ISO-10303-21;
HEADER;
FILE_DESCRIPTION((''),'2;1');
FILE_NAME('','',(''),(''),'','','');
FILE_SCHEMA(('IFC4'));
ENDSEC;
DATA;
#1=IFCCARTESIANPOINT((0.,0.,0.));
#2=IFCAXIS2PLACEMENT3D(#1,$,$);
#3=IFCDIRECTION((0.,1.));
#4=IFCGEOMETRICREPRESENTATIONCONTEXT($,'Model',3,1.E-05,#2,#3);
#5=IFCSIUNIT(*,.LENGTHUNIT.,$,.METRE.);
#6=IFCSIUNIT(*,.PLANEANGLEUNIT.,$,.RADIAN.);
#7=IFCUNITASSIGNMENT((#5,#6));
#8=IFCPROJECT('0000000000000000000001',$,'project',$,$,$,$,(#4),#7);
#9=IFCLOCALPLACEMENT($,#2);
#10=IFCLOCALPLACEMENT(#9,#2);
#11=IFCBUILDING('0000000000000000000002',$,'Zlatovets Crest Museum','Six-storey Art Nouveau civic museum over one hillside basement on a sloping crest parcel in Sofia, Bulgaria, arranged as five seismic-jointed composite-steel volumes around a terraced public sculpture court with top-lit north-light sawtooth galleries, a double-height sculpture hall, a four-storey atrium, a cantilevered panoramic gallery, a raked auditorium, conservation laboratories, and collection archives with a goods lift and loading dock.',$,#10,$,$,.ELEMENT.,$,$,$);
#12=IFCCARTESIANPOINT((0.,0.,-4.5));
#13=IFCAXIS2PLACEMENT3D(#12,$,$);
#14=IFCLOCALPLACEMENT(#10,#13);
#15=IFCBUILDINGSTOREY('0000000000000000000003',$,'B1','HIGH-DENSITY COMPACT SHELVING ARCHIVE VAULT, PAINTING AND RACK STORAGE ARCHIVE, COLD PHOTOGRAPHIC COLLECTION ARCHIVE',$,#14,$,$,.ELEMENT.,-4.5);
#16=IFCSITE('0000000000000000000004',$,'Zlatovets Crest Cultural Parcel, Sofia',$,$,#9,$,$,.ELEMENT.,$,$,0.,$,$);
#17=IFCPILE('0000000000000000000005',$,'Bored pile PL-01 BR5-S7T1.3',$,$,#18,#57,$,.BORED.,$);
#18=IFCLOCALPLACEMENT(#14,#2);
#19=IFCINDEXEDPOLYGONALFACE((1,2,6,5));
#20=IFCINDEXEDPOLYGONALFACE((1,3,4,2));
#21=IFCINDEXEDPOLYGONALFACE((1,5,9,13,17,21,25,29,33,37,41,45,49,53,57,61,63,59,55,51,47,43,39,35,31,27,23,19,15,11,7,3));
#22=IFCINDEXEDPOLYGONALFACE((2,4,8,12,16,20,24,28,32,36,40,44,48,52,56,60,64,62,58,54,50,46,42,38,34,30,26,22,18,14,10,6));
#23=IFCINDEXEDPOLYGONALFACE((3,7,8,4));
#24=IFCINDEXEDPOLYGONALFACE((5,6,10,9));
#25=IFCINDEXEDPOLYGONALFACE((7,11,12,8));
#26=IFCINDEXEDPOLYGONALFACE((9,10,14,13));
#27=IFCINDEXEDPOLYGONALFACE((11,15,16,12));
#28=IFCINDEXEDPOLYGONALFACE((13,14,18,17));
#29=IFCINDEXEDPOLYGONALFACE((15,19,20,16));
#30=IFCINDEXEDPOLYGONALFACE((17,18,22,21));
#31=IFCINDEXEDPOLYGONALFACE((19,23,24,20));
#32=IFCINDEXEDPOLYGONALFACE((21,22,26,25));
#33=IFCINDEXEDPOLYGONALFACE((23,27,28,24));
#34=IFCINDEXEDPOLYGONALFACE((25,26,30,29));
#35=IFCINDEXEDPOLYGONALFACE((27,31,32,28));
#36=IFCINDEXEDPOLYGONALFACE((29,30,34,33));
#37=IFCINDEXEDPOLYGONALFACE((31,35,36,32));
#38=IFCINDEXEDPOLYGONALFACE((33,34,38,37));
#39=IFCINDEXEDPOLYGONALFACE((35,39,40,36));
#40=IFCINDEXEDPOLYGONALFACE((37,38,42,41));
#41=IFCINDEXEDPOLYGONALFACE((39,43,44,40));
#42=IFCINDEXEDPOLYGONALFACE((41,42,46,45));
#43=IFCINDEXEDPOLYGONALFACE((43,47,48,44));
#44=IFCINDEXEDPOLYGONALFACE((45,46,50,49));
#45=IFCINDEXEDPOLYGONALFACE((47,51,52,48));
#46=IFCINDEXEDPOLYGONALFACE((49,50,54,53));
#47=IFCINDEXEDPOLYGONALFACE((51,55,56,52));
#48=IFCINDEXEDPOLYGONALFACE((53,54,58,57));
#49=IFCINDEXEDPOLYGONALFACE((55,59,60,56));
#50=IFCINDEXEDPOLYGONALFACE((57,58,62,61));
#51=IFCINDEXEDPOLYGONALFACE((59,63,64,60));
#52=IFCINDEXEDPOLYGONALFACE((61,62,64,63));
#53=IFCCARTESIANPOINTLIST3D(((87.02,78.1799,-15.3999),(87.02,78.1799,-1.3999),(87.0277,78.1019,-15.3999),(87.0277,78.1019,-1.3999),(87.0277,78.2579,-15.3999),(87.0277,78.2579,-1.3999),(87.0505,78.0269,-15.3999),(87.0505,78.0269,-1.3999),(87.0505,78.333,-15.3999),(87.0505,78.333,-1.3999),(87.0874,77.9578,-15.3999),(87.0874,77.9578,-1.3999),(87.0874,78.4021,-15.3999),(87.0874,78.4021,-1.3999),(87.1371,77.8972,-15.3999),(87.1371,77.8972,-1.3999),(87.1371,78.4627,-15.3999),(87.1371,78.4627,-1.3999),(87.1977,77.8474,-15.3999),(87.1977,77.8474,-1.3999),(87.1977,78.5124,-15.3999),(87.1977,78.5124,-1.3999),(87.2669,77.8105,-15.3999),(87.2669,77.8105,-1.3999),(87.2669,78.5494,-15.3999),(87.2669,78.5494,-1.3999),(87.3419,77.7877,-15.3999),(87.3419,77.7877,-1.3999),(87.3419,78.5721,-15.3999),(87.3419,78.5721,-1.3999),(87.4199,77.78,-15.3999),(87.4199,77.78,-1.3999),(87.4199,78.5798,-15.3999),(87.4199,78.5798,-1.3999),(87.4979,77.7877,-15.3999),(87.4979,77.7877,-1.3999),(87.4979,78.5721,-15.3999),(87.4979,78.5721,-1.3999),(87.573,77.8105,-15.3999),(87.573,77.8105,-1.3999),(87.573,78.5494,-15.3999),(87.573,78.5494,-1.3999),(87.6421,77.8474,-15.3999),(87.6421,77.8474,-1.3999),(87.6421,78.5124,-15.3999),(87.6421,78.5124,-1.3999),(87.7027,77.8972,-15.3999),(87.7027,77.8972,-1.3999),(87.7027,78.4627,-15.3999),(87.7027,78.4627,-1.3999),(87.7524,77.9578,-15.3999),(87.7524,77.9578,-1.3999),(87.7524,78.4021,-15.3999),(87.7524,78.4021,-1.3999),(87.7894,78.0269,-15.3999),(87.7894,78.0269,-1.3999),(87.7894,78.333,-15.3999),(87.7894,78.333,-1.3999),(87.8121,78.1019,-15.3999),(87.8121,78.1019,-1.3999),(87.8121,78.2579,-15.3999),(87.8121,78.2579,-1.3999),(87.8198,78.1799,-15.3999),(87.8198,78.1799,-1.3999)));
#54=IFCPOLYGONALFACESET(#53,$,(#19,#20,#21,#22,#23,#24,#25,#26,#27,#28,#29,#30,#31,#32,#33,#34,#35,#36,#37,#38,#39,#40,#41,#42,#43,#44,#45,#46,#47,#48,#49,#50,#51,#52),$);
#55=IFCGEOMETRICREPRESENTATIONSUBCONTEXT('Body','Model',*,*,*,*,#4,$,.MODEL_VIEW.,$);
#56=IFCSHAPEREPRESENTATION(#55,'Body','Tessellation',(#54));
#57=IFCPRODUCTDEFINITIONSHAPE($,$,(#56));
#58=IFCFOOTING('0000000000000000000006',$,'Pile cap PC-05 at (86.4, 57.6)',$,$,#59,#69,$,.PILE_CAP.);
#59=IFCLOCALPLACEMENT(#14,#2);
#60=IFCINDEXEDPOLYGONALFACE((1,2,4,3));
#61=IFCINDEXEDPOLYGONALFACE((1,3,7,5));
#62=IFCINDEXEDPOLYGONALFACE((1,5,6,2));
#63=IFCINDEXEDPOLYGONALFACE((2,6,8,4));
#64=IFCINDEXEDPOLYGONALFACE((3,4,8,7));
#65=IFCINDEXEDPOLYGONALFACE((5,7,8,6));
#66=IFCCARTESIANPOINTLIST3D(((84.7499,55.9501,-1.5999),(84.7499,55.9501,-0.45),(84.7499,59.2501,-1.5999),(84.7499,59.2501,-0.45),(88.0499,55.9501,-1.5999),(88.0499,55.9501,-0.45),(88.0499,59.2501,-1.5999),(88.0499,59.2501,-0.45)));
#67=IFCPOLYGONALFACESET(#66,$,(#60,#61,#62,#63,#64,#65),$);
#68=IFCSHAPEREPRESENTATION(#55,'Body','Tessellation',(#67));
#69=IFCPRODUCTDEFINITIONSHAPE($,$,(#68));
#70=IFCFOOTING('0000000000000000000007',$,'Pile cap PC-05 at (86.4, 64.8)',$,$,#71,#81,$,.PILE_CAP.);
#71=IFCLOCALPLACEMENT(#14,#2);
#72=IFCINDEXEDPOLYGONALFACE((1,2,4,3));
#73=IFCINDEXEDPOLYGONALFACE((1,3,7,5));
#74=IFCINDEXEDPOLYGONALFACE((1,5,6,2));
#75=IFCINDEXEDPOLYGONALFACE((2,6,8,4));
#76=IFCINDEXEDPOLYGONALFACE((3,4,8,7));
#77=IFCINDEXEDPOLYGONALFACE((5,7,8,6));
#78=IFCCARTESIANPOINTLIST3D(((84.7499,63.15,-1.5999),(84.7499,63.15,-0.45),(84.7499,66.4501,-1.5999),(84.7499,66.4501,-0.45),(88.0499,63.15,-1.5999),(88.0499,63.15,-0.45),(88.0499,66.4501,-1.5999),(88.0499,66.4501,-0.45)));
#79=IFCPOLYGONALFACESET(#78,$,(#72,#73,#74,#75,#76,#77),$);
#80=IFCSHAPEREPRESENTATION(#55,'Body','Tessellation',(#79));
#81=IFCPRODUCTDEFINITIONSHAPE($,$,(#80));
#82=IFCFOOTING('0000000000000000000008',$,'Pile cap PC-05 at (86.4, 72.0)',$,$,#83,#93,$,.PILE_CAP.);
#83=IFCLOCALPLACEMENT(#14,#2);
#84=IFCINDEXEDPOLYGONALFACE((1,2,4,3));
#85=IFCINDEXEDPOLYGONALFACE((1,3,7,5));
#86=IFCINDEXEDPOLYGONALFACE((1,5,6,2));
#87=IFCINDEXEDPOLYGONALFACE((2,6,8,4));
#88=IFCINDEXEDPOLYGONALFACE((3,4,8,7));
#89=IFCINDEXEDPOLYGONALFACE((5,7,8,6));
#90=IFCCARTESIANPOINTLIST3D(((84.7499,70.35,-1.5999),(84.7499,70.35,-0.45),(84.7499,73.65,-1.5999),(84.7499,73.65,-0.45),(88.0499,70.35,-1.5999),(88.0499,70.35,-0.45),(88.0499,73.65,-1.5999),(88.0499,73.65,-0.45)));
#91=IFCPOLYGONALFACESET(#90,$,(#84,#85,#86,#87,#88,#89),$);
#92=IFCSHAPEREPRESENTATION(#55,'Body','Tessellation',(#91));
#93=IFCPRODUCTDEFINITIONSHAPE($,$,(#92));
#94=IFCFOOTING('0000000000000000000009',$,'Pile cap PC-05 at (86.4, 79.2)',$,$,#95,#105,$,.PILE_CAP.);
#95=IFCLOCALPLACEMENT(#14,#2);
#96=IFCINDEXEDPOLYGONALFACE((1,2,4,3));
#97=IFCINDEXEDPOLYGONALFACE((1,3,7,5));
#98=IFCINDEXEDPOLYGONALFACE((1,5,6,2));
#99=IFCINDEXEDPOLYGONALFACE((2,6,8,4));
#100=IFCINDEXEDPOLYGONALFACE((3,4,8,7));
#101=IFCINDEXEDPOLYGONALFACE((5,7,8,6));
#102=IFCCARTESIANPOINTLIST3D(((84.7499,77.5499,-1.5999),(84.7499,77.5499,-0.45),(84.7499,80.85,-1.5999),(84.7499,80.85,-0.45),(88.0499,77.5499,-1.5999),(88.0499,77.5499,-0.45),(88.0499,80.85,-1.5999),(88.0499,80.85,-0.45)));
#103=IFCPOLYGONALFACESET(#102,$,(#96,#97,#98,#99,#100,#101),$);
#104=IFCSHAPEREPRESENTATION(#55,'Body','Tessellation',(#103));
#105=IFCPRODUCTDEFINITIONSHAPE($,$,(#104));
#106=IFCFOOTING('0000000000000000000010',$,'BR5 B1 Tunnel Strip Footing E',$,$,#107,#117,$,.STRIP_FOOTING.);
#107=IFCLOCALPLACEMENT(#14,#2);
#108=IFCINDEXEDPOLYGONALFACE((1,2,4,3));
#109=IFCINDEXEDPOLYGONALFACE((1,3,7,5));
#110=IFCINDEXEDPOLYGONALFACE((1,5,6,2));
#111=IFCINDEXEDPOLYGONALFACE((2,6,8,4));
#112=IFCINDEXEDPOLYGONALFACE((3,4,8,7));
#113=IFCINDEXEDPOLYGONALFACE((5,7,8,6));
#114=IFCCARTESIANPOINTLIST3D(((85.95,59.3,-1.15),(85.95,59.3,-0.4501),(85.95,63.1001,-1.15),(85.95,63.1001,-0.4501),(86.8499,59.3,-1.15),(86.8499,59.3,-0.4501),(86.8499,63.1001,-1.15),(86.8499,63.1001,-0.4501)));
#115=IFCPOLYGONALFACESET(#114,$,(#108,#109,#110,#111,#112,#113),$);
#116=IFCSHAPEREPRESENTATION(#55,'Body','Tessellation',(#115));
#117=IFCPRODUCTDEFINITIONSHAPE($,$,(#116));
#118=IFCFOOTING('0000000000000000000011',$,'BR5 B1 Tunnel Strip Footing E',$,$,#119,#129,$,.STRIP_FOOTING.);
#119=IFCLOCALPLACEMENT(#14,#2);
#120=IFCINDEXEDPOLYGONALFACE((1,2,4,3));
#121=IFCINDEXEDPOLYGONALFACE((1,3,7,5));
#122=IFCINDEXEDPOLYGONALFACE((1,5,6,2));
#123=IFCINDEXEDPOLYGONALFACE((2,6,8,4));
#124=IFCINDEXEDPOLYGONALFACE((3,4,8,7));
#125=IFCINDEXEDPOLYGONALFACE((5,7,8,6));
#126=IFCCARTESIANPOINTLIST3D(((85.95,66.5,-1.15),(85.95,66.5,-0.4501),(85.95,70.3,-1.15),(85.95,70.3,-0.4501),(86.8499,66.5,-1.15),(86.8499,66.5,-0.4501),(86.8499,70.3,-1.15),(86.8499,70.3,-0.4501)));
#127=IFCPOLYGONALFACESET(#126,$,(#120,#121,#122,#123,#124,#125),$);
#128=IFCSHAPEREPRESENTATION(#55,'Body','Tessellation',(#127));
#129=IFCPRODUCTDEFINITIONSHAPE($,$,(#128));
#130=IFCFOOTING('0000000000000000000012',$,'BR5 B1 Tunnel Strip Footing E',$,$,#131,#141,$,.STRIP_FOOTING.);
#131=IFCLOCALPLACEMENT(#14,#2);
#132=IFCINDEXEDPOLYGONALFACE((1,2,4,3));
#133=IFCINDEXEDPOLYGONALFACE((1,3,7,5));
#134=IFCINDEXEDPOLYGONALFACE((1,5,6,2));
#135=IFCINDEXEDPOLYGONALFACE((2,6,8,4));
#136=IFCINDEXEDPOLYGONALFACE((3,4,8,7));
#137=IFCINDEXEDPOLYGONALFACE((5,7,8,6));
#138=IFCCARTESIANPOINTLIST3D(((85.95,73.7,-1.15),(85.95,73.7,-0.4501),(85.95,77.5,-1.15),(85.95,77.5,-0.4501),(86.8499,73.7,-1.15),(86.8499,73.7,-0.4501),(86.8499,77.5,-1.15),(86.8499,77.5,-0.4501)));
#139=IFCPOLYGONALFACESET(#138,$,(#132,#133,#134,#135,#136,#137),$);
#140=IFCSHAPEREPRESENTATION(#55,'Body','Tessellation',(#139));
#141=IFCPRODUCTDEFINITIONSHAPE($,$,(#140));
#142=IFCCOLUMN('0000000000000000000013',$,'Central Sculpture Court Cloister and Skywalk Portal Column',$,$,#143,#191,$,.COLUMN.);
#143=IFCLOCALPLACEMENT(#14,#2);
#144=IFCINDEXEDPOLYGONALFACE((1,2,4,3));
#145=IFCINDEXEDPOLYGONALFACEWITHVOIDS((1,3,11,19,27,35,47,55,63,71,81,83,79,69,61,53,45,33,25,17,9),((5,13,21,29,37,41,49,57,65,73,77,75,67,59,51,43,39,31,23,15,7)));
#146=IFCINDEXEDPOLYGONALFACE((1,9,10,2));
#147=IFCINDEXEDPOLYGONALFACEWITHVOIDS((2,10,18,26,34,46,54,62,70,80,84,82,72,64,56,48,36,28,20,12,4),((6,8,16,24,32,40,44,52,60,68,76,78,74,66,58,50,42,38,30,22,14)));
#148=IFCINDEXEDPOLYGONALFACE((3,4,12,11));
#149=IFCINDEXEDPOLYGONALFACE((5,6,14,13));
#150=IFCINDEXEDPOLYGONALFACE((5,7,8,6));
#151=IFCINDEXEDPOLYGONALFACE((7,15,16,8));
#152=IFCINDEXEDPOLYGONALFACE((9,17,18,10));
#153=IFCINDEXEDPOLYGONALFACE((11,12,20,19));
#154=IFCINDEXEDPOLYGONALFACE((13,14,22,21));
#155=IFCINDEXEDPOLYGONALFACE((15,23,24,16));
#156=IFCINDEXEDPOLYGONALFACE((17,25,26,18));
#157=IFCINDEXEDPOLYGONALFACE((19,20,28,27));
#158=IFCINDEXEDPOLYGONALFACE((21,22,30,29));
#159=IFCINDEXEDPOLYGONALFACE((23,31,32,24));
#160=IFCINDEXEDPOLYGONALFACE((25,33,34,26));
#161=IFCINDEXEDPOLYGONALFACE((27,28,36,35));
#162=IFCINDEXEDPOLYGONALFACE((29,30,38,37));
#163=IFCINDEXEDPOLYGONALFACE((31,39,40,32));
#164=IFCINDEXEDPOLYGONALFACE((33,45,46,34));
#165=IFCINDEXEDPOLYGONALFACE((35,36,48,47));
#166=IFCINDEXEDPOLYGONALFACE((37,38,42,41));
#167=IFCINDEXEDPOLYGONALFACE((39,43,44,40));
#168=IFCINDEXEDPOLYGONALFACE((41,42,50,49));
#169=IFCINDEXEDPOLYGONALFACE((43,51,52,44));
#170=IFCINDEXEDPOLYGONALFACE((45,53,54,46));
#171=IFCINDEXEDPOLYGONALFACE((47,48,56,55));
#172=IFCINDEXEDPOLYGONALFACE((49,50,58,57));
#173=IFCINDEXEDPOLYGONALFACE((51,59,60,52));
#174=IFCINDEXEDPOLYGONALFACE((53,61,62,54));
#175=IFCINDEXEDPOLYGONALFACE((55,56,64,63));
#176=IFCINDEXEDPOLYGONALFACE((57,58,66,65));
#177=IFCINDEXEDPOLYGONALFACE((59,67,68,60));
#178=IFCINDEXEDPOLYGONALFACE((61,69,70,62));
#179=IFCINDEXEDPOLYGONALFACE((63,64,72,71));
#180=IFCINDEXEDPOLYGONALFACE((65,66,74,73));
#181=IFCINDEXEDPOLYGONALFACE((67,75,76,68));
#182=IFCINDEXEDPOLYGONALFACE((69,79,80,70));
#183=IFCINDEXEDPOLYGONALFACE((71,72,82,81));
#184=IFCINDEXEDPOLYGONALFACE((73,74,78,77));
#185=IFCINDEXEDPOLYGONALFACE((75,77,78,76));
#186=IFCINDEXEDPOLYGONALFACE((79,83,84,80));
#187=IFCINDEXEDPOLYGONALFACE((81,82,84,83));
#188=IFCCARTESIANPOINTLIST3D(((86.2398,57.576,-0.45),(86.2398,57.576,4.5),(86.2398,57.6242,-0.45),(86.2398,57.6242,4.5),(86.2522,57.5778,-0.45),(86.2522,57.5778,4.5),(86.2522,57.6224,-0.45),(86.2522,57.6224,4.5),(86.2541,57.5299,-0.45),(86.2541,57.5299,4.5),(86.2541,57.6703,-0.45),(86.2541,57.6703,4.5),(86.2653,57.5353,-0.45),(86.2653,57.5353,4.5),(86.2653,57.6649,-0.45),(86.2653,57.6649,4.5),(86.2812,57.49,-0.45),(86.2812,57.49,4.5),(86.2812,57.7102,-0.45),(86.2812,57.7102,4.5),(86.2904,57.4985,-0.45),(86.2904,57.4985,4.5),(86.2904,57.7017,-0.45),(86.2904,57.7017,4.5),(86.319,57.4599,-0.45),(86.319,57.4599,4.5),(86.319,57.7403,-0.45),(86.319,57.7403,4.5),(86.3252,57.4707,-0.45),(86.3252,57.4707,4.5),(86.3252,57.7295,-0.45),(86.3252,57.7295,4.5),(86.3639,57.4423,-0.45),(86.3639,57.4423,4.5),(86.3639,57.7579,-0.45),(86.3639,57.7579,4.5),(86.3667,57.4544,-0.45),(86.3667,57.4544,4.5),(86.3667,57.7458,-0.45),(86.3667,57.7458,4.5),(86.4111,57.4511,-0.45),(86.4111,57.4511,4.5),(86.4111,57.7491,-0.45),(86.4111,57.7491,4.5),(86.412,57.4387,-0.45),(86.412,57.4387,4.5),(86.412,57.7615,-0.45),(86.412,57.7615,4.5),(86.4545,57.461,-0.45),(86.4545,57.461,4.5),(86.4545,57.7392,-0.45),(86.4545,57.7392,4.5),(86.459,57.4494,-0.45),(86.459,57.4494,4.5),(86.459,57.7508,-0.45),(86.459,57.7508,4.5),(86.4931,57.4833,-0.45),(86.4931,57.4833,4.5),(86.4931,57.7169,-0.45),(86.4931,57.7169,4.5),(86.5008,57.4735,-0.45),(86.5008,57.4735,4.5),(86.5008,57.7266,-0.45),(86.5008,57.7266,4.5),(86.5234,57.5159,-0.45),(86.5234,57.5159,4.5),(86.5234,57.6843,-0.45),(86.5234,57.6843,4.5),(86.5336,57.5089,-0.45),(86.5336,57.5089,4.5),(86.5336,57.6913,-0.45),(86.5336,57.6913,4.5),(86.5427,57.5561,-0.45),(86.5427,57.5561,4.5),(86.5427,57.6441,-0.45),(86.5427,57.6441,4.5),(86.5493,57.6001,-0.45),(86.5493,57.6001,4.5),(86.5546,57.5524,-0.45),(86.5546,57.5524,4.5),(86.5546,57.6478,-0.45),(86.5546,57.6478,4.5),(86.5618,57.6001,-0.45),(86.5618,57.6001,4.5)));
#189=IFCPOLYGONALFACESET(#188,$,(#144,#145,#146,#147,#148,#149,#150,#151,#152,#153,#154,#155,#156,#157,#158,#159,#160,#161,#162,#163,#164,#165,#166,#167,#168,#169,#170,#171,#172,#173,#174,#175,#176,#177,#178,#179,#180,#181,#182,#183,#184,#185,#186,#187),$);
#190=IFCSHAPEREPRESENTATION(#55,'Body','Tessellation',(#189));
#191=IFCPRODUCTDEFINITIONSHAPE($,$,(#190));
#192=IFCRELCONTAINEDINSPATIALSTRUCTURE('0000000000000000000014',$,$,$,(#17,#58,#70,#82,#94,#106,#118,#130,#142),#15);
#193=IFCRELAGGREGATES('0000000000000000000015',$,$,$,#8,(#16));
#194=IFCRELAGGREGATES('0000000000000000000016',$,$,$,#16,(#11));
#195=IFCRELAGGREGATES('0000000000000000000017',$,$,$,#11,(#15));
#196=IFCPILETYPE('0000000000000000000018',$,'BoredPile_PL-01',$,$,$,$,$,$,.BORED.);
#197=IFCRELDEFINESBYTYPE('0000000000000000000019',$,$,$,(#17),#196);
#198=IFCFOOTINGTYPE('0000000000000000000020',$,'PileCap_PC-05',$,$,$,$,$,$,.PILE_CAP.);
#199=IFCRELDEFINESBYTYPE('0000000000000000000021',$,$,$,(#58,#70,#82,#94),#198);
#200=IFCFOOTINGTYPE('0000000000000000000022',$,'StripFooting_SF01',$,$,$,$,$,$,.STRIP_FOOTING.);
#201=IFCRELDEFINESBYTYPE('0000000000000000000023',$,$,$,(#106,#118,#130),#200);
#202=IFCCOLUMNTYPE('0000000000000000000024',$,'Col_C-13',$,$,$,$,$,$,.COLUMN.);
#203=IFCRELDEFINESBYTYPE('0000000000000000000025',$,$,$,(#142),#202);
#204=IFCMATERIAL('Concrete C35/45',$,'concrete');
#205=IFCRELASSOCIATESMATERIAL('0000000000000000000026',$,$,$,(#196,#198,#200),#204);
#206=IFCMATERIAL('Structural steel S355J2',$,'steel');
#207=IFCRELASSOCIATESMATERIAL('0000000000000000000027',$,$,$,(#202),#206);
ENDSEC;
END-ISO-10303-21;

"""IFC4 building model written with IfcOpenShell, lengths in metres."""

from ifc_helpers import new_model, si_unit, direction, frame, origin, origin_2d, place, context, subcontext, project, spatial, rectangle, circle, hollow_circle, extrude, material, material_profile, profile_set, type_object, element, save


model = new_model("IFC4")

# Units and contexts
model_context = context("Model", 3, precision=1e-05, world=origin(), true_north=direction((0.0, 1.0)))
body_context = subcontext(model_context, "Body", "Model", "MODEL_VIEW")
ifc_project = project(units=[si_unit("LENGTHUNIT", "METRE"), si_unit("PLANEANGLEUNIT", "RADIAN")], contexts=[model_context])

# Site, building, storey
site_placement = place(None, origin())
site = spatial("IfcSite", under=ifc_project, at=site_placement, Name="Zlatovets Crest Cultural Parcel, Sofia", CompositionType="ELEMENT", RefElevation=0.0)
building_placement = place(site_placement, origin())
building = spatial("IfcBuilding", under=site, at=building_placement, Name="Zlatovets Crest Museum", Description="Six-storey Art Nouveau civic museum over one hillside basement on a sloping crest parcel in Sofia, Bulgaria, arranged as five seismic-jointed composite-steel volumes around a terraced public sculpture court with top-lit north-light sawtooth galleries, a double-height sculpture hall, a four-storey atrium, a cantilevered panoramic gallery, a raked auditorium, conservation laboratories, and collection archives with a goods lift and loading dock.", CompositionType="ELEMENT")
storey_placement = place(building_placement, frame((0.0, 0.0, -4.5)))
storey = spatial("IfcBuildingStorey", under=building, at=storey_placement, Name="B1", Description="HIGH-DENSITY COMPACT SHELVING ARCHIVE VAULT, PAINTING AND RACK STORAGE ARCHIVE, COLD PHOTOGRAPHIC COLLECTION ARCHIVE", CompositionType="ELEMENT", Elevation=-4.5)

# Pile
ifc_material_1 = material(Name="Concrete C35/45", Category="concrete")
ifc_material_profile_1 = material_profile(ifc_material_1, circle(Radius=0.3999, at=origin_2d()), Name="PILE D800")
ifc_profile_set_1 = profile_set([ifc_material_profile_1], Name="Concrete C35/45")
pile_type = type_object("IfcPileType", Name="BoredPile_PL-01", PredefinedType="BORED", material=ifc_profile_set_1)
for number, where, z_axis, x_axis, name in (
    (1, (87.4199, 78.1799, -1.3999), (0.0, 0.0, -1.0), (1.0, 0.0, 0.0), "Bored pile PL-01 BR5-S7T1.3"),
):
    element("IfcPile", number, at=place(storey_placement, frame(where, z_axis=z_axis, x_axis=x_axis)), inside=storey, type_object=pile_type, Name=name, PredefinedType="BORED", context=body_context, shape_type="SweptSolid", body=[
        extrude(circle(Radius=0.3999, at=origin_2d()), origin(), (0.0, 0.0, 1.0), 14.0),
    ])

# Footings
footing_type_1 = type_object("IfcFootingType", Name="PileCap_PC-05", PredefinedType="PILE_CAP", material=ifc_material_1)
for number, where, z_axis, x_axis, name in (
    (2, (86.3999, 57.6001, -1.5999), (0.0, 0.0, 1.0), (1.0, 0.0, 0.0), "Pile cap PC-05 at (86.4, 57.6)"),
    (3, (86.3999, 64.8, -1.5999), (0.0, 0.0, 1.0), (1.0, 0.0, 0.0), "Pile cap PC-05 at (86.4, 64.8)"),
    (4, (86.3999, 72.0, -1.5999), (0.0, 0.0, 1.0), (1.0, 0.0, 0.0), "Pile cap PC-05 at (86.4, 72.0)"),
    (5, (86.3999, 79.2, -1.5999), (0.0, 0.0, 1.0), (1.0, 0.0, 0.0), "Pile cap PC-05 at (86.4, 79.2)"),
):
    element("IfcFooting", number, at=place(storey_placement, frame(where, z_axis=z_axis, x_axis=x_axis)), inside=storey, type_object=footing_type_1, Name=name, PredefinedType="PILE_CAP", context=body_context, shape_type="SweptSolid", body=[
        extrude(rectangle(XDim=3.3, YDim=3.3, at=origin_2d()), origin(), (0.0, 0.0, 1.0), 1.1499),
    ])
ifc_material_profile_2 = material_profile(ifc_material_1, rectangle(XDim=0.8999, YDim=0.7, at=origin_2d()), Name="RC 900x700")
ifc_profile_set_2 = profile_set([ifc_material_profile_2], Name="Concrete C35/45")
footing_type_2 = type_object("IfcFootingType", Name="StripFooting_SF01", PredefinedType="STRIP_FOOTING", material=ifc_profile_set_2)
for number, where, z_axis, x_axis, name in (
    (6, (86.3999, 59.3, -0.8), (0.0, 1.0, 0.0), (-1.0, 0.0, 0.0), "BR5 B1 Tunnel Strip Footing E"),
    (7, (86.3999, 66.5, -0.8), (0.0, 1.0, 0.0), (-1.0, 0.0, 0.0), "BR5 B1 Tunnel Strip Footing E"),
    (8, (86.3999, 73.7, -0.8), (0.0, 1.0, 0.0), (-1.0, 0.0, 0.0), "BR5 B1 Tunnel Strip Footing E"),
):
    element("IfcFooting", number, at=place(storey_placement, frame(where, z_axis=z_axis, x_axis=x_axis)), inside=storey, type_object=footing_type_2, Name=name, PredefinedType="STRIP_FOOTING", context=body_context, shape_type="SweptSolid", body=[
        extrude(rectangle(XDim=0.8999, YDim=0.7, at=origin_2d()), origin(), (0.0, 0.0, 1.0), 3.8),
    ])

# Column
ifc_material_2 = material(Name="Structural steel S355J2", Category="steel")
ifc_material_profile_3 = material_profile(ifc_material_2, hollow_circle(Radius=0.1619, WallThickness=0.0125, at=origin_2d()), Name="CHS 323.9x12.5")
ifc_profile_set_3 = profile_set([ifc_material_profile_3], Name="Structural steel S355J2")
column_type = type_object("IfcColumnType", Name="Col_C-13", PredefinedType="COLUMN", material=ifc_profile_set_3)
for number, where, z_axis, x_axis, name in (
    (9, (86.3999, 57.6001, -0.45), (0.0, 0.0, 1.0), (1.0, 0.0, 0.0), "Central Sculpture Court Cloister and Skywalk Portal Column"),
):
    element("IfcColumn", number, at=place(storey_placement, frame(where, z_axis=z_axis, x_axis=x_axis)), inside=storey, type_object=column_type, Name=name, PredefinedType="COLUMN", context=body_context, shape_type="SweptSolid", body=[
        extrude(hollow_circle(Radius=0.1619, WallThickness=0.0125, at=origin_2d()), origin(), (0.0, 0.0, 1.0), 4.95),
    ])

save(model, "model.ifc")
